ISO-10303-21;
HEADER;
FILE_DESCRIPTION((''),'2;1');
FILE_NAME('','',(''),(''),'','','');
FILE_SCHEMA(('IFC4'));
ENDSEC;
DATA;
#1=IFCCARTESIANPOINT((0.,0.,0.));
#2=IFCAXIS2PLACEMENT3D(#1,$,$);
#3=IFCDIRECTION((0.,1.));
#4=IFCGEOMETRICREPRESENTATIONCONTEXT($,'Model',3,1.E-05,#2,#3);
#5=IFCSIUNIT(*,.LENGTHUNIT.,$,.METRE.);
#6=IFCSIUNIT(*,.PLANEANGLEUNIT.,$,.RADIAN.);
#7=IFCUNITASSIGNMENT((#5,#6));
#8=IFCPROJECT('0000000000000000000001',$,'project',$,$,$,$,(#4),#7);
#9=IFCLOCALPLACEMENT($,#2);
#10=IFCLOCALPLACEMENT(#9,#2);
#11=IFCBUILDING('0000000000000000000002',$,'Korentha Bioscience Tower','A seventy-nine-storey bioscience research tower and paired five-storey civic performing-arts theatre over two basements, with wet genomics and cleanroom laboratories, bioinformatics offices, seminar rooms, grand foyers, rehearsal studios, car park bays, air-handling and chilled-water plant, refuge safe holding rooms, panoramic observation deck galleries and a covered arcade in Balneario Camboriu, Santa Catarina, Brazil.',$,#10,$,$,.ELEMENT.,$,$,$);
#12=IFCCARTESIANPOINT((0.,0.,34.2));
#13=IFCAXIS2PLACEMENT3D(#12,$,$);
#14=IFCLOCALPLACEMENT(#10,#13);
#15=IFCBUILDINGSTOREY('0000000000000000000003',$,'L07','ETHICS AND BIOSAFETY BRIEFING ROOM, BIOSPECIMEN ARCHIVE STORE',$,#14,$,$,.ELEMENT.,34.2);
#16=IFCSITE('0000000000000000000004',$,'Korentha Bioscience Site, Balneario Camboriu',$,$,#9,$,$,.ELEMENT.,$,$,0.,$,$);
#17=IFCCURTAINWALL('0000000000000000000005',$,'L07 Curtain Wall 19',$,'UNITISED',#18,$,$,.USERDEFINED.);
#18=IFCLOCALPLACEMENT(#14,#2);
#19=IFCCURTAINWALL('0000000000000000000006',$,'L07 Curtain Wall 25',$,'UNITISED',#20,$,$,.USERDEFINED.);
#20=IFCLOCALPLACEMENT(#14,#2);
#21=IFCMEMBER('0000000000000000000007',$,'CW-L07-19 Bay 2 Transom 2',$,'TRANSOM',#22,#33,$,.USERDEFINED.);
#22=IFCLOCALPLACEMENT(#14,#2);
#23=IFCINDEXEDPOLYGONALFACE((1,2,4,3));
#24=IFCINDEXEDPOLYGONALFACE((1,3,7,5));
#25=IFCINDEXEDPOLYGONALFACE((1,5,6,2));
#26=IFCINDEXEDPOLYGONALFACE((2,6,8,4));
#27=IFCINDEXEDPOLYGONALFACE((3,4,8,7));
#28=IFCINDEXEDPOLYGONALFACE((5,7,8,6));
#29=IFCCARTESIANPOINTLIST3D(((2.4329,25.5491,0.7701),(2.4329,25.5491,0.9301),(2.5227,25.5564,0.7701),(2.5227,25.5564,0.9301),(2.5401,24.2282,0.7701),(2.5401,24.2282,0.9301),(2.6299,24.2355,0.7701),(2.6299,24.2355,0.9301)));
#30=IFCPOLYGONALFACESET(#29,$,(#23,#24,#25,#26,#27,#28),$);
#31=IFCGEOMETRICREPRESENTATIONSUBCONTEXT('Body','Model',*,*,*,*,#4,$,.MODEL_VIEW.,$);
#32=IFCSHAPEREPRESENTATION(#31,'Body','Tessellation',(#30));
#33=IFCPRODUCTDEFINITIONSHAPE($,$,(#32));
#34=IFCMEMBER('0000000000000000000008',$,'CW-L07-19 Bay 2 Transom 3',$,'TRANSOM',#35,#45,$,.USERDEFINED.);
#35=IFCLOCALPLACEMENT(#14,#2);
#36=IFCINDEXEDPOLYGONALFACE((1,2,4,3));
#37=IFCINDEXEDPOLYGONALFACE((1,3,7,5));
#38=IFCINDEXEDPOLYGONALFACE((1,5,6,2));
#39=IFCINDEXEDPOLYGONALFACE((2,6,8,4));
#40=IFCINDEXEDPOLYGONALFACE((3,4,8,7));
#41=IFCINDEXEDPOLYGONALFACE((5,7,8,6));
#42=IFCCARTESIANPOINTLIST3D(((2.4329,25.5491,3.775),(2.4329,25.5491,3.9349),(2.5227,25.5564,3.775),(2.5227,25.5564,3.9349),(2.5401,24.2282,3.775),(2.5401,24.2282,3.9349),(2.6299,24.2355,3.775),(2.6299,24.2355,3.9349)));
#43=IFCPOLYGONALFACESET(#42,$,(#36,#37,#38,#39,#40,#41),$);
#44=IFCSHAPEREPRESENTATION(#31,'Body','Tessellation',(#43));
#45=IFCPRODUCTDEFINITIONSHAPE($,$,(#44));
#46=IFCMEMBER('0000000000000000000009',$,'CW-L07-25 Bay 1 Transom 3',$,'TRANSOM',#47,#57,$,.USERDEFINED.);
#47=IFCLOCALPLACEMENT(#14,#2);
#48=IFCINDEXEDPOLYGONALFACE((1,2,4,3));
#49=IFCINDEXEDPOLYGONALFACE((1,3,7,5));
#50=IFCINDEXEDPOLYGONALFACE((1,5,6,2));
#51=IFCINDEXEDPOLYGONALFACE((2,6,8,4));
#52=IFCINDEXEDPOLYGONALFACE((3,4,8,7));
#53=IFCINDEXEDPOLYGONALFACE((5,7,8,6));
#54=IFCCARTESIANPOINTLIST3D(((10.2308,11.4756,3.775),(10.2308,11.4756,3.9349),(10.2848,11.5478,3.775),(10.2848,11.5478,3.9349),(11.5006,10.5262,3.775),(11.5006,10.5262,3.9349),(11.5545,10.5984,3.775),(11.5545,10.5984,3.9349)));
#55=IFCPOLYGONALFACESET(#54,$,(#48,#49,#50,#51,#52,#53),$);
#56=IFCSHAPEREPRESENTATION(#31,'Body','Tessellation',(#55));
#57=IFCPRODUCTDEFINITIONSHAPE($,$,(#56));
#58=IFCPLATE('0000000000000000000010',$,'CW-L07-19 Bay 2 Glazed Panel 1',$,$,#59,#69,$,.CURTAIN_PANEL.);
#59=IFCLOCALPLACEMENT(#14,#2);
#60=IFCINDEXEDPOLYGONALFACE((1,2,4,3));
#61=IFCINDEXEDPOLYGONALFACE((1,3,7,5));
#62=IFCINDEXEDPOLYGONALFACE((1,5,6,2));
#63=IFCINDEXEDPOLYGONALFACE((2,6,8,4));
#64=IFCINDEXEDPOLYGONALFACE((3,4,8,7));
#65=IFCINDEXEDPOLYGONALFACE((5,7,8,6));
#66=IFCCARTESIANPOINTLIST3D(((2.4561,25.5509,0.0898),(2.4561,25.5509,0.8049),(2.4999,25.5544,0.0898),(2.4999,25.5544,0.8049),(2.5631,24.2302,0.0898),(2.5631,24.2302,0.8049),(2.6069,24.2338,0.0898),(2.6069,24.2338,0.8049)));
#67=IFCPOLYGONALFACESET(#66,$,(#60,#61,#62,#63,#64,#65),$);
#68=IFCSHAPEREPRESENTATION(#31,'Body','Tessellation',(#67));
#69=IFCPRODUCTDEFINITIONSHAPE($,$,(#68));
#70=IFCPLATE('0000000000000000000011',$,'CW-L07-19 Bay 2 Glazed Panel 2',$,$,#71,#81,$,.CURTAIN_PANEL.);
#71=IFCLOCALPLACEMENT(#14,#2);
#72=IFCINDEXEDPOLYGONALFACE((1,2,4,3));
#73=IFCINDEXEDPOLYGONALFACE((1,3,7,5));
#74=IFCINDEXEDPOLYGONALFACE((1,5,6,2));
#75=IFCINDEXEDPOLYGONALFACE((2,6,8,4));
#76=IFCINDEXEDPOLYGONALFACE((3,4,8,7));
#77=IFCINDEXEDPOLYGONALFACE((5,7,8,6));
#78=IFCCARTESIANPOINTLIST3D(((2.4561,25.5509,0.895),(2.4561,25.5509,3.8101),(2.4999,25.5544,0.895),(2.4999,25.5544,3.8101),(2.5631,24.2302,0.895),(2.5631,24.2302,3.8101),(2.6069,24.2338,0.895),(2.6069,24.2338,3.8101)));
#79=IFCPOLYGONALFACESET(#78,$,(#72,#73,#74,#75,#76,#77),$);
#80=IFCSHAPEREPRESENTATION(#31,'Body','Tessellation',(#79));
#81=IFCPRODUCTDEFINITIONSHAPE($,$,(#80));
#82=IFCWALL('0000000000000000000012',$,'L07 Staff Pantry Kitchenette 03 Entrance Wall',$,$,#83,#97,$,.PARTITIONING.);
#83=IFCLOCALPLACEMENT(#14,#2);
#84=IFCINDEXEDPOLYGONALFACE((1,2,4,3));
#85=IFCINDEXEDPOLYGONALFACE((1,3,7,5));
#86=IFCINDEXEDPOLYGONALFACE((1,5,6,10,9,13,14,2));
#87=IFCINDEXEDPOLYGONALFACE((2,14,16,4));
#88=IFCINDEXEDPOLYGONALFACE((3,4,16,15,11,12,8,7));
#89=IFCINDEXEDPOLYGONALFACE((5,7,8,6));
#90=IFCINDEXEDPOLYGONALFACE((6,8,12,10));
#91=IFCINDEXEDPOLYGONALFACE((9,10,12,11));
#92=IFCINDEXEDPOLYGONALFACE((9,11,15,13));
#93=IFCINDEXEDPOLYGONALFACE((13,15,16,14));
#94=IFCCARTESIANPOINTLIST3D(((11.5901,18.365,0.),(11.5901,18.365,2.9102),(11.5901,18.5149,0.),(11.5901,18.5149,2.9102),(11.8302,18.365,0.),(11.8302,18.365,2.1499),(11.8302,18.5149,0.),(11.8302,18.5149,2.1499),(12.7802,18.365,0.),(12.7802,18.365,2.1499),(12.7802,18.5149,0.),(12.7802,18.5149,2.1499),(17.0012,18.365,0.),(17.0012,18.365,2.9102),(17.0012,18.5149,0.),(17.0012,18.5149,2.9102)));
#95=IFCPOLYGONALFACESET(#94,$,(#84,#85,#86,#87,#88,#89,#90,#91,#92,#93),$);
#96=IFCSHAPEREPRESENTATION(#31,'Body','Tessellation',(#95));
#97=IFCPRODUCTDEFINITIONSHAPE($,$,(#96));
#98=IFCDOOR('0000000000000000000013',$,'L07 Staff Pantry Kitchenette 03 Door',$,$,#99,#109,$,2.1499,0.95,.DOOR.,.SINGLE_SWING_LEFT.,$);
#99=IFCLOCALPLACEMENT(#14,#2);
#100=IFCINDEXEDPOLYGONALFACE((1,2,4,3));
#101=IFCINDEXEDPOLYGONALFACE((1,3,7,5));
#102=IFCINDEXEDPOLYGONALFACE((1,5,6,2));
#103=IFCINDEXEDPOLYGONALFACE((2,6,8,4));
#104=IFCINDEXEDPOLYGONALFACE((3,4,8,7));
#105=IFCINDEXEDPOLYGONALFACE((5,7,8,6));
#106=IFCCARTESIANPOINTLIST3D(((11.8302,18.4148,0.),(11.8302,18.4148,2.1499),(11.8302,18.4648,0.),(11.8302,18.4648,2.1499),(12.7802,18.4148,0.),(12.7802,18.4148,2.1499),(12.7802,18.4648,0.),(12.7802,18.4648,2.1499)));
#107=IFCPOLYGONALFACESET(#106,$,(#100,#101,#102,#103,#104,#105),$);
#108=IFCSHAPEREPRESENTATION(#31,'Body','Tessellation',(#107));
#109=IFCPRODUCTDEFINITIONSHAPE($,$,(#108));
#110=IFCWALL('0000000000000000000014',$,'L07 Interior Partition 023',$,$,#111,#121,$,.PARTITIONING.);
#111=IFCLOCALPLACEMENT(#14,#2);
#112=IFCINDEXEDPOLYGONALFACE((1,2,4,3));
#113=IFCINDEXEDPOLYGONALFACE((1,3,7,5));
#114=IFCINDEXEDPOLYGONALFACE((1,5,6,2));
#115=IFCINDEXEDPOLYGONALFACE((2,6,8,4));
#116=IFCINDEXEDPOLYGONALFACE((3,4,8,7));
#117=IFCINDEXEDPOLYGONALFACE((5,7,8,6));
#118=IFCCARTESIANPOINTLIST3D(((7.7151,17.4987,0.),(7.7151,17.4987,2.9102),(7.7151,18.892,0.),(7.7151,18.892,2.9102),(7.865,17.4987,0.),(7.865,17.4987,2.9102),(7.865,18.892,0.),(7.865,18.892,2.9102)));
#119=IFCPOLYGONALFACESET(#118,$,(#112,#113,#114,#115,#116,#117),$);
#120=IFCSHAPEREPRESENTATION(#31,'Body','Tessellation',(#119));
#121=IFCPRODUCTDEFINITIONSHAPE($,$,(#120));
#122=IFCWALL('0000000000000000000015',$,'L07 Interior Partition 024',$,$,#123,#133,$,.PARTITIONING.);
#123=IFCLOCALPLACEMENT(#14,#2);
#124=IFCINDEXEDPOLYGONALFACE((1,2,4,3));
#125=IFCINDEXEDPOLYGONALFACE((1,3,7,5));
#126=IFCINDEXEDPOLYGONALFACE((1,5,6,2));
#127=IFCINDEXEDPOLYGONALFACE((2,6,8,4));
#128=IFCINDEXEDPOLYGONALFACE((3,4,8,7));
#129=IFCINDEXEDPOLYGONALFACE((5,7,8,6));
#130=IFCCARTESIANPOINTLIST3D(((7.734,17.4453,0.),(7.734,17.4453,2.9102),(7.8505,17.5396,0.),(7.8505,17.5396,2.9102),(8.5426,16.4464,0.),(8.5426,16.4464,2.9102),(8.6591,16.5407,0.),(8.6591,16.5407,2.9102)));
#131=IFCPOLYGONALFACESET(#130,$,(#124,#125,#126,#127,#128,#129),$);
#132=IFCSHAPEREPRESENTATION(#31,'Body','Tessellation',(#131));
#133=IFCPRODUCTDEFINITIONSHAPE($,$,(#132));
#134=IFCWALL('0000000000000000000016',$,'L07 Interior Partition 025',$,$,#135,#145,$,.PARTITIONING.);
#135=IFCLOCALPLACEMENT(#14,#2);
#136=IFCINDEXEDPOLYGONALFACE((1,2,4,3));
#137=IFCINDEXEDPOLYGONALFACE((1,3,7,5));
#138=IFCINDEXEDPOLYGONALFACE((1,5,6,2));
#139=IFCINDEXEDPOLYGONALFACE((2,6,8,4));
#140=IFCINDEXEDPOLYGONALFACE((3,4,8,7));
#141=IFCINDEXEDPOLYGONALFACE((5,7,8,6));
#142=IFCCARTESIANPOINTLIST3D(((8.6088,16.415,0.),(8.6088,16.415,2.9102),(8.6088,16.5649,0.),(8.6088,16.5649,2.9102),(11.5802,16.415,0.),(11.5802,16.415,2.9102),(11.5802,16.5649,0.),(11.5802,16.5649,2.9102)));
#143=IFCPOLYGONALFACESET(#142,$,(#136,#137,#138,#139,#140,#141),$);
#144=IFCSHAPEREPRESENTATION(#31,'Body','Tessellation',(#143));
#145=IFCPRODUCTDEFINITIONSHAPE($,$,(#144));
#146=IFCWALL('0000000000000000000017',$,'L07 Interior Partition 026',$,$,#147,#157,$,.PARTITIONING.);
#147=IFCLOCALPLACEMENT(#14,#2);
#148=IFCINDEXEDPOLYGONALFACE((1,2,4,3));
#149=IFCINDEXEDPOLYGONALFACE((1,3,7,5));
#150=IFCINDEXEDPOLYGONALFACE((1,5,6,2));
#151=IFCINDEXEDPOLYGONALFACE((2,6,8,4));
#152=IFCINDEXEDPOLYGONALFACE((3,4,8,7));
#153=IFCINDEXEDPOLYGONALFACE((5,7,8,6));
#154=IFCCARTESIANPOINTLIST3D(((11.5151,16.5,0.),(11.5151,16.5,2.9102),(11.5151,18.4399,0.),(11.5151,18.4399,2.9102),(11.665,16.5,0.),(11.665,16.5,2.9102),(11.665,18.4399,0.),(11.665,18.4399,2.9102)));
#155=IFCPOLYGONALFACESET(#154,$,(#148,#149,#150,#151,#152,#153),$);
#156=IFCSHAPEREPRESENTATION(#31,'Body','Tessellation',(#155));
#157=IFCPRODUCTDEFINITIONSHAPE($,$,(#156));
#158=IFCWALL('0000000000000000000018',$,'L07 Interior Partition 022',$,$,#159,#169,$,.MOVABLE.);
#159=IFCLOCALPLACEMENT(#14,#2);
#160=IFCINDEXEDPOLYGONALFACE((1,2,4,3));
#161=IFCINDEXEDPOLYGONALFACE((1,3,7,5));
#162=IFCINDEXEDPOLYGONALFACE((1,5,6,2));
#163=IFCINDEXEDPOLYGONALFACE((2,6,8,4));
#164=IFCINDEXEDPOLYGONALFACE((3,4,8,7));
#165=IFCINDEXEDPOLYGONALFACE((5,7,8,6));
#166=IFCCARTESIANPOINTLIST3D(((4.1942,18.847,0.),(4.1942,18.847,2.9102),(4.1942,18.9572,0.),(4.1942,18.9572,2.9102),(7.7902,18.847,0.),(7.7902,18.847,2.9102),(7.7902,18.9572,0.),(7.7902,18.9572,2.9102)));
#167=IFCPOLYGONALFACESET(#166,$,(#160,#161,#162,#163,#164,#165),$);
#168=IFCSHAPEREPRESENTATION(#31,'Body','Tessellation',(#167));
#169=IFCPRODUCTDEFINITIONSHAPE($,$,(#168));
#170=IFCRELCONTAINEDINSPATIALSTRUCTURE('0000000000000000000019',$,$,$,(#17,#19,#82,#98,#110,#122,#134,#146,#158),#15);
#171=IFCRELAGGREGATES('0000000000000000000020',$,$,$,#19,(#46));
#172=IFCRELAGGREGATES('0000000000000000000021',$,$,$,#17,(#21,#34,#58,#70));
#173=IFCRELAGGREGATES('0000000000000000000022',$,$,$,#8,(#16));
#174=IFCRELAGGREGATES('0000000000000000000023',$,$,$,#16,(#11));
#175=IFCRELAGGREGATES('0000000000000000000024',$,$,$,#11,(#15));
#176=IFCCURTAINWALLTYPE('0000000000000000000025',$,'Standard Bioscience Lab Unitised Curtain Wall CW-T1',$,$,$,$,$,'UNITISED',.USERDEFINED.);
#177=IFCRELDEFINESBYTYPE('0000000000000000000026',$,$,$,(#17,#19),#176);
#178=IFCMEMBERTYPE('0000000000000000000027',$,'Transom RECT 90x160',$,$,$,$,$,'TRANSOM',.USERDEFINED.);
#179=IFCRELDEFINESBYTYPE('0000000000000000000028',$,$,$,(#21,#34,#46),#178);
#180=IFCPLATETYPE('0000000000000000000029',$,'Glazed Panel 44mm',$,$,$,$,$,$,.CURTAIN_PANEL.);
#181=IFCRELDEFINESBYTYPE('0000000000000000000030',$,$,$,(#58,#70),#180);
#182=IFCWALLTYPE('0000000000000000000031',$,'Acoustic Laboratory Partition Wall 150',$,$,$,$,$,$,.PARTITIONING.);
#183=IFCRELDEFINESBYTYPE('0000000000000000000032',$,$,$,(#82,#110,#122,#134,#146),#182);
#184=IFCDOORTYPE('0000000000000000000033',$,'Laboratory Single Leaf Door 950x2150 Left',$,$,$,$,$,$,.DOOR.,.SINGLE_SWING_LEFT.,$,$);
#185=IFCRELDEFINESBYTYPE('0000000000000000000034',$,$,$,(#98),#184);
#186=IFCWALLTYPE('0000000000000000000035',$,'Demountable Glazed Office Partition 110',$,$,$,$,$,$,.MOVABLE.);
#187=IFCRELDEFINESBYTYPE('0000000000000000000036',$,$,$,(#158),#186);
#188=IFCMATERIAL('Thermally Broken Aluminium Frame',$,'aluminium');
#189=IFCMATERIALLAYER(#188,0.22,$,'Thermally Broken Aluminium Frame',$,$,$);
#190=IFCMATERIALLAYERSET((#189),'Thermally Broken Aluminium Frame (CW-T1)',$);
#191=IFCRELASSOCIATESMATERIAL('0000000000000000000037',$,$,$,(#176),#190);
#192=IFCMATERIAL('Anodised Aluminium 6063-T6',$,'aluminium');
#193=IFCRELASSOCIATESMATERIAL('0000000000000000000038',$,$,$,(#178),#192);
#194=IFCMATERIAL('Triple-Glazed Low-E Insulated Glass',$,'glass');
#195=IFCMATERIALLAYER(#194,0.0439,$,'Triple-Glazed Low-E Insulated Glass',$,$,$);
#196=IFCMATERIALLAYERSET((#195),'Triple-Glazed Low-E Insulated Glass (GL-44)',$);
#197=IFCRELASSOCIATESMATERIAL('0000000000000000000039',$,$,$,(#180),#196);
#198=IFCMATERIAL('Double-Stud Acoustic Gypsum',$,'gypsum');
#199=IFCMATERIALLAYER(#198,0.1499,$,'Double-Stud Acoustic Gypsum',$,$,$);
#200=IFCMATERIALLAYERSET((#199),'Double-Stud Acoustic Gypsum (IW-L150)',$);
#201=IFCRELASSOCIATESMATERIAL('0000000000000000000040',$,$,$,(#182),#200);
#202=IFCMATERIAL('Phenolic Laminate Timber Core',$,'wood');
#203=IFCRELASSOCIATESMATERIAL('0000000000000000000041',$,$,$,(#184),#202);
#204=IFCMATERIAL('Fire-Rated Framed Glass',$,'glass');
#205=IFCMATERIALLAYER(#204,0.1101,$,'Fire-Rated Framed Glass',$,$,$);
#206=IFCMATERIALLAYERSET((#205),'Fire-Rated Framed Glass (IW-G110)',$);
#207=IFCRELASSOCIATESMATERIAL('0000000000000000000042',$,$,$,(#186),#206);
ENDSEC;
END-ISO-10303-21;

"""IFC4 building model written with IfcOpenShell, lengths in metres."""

from ifc_helpers import new_model, si_unit, direction, frame, frame_2d, origin, origin_2d, place, context, subcontext, project, spatial, rectangle, extrude, material, layer, layer_set, material_profile, profile_set, type_object, element, fill, aggregate, save


model = new_model("IFC4")

# Units and contexts
model_context = context("Model", 3, precision=1e-05, world=origin(), true_north=direction((0.0, 1.0)))
body_context = subcontext(model_context, "Body", "Model", "MODEL_VIEW")
ifc_project = project(units=[si_unit("LENGTHUNIT", "METRE"), si_unit("PLANEANGLEUNIT", "RADIAN")], contexts=[model_context])

# Site, building, storey
site_placement = place(None, origin())
site = spatial("IfcSite", under=ifc_project, at=site_placement, Name="Korentha Bioscience Site, Balneario Camboriu", CompositionType="ELEMENT", RefElevation=0.0)
building_placement = place(site_placement, origin())
building = spatial("IfcBuilding", under=site, at=building_placement, Name="Korentha Bioscience Tower", Description="A seventy-nine-storey bioscience research tower and paired five-storey civic performing-arts theatre over two basements, with wet genomics and cleanroom laboratories, bioinformatics offices, seminar rooms, grand foyers, rehearsal studios, car park bays, air-handling and chilled-water plant, refuge safe holding rooms, panoramic observation deck galleries and a covered arcade in Balneario Camboriu, Santa Catarina, Brazil.", CompositionType="ELEMENT")
storey_placement = place(building_placement, frame((0.0, 0.0, 34.2)))
storey = spatial("IfcBuildingStorey", under=building, at=storey_placement, Name="L07", Description="ETHICS AND BIOSAFETY BRIEFING ROOM, BIOSPECIMEN ARCHIVE STORE", CompositionType="ELEMENT", Elevation=34.2)

# Curtain walls
ifc_material_1 = material(Name="Thermally Broken Aluminium Frame", Category="aluminium")
ifc_layer_1 = layer(ifc_material_1, 0.22, Name="Thermally Broken Aluminium Frame")
ifc_layer_set_1 = layer_set([ifc_layer_1], Name="Thermally Broken Aluminium Frame (CW-T1)")
curtain_wall_type = type_object("IfcCurtainWallType", Name="Standard Bioscience Lab Unitised Curtain Wall CW-T1", ElementType="UNITISED", PredefinedType="USERDEFINED", material=ifc_layer_set_1)
curtain_wall_1_placement = place(storey_placement, origin())
curtain_wall_1 = element("IfcCurtainWall", 1, at=curtain_wall_1_placement, inside=storey, type_object=curtain_wall_type, Name="L07 Curtain Wall 19", ObjectType="UNITISED", PredefinedType="USERDEFINED")
ifc_material_2 = material(Name="Anodised Aluminium 6063-T6", Category="aluminium")
curtain_wall_2_placement = place(storey_placement, origin())
curtain_wall_2 = element("IfcCurtainWall", 2, at=curtain_wall_2_placement, inside=storey, type_object=curtain_wall_type, Name="L07 Curtain Wall 25", ObjectType="UNITISED", PredefinedType="USERDEFINED")

# Members
ifc_material_profile_1 = material_profile(ifc_material_2, rectangle(XDim=0.0901, YDim=0.1599, at=origin_2d()), Name="Anodised Aluminium 6063-T6")
ifc_profile_set_1 = profile_set([ifc_material_profile_1], Name="Anodised Aluminium 6063-T6 (CW-TRN)")
member_type_1 = type_object("IfcMemberType", Name="Transom RECT 90x160", ElementType="TRANSOM", PredefinedType="USERDEFINED", material=ifc_profile_set_1)
member_1_placement = place(storey_placement, frame((2.4778, 25.5527, 0.8501), z_axis=(0.08088, -0.996724, 0.0), x_axis=(0.996724, 0.08088, 0.0)))
member_1 = element("IfcMember", 3, at=member_1_placement, type_object=member_type_1, Name="CW-L07-19 Bay 2 Transom 2", ObjectType="TRANSOM", PredefinedType="USERDEFINED", context=body_context, shape_type="SweptSolid", body=[
    extrude(rectangle(XDim=0.0901, YDim=0.1599, at=origin_2d()), origin(), (0.0, 0.0, 1.0), 1.3252),
])
member_2_placement = place(storey_placement, frame((2.4778, 25.5527, 3.855), z_axis=(0.08088, -0.996724, 0.0), x_axis=(0.996724, 0.08088, 0.0)))
member_2 = element("IfcMember", 4, at=member_2_placement, type_object=member_type_1, Name="CW-L07-19 Bay 2 Transom 3", ObjectType="TRANSOM", PredefinedType="USERDEFINED", context=body_context, shape_type="SweptSolid", body=[
    extrude(rectangle(XDim=0.0901, YDim=0.1599, at=origin_2d()), origin(), (0.0, 0.0, 1.0), 1.3252),
])
member_3_placement = place(storey_placement, frame((10.2578, 11.5117, 3.855), z_axis=(0.800868, -0.598841, 0.0), x_axis=(0.598841, 0.800868, 0.0)))
member_3 = element("IfcMember", 5, at=member_3_placement, type_object=member_type_1, Name="CW-L07-25 Bay 1 Transom 3", ObjectType="TRANSOM", PredefinedType="USERDEFINED", context=body_context, shape_type="SweptSolid", body=[
    extrude(rectangle(XDim=0.0901, YDim=0.1599, at=origin_2d()), origin(), (0.0, 0.0, 1.0), 1.5854),
])
aggregate(curtain_wall_2, [member_3])

# Plates
ifc_material_3 = material(Name="Triple-Glazed Low-E Insulated Glass", Category="glass")
ifc_layer_2 = layer(ifc_material_3, 0.0439, Name="Triple-Glazed Low-E Insulated Glass")
ifc_layer_set_2 = layer_set([ifc_layer_2], Name="Triple-Glazed Low-E Insulated Glass (GL-44)")
plate_type = type_object("IfcPlateType", Name="Glazed Panel 44mm", PredefinedType="CURTAIN_PANEL", material=ifc_layer_set_2)
plate_1_placement = place(storey_placement, frame((2.5315, 24.8923, 0.0898), z_axis=(0.0, 0.0, 1.0), x_axis=(0.08082, -0.996729, 0.0)))
plate_1 = element("IfcPlate", 6, at=plate_1_placement, type_object=plate_type, Name="CW-L07-19 Bay 2 Glazed Panel 1", PredefinedType="CURTAIN_PANEL", context=body_context, shape_type="SweptSolid", body=[
    extrude(rectangle(XDim=1.325, YDim=0.0439, at=origin_2d()), origin(), (0.0, 0.0, 1.0), 0.7151),
])
plate_2_placement = place(storey_placement, frame((2.5315, 24.8923, 0.895), z_axis=(0.0, 0.0, 1.0), x_axis=(0.08082, -0.996729, 0.0)))
plate_2 = element("IfcPlate", 7, at=plate_2_placement, type_object=plate_type, Name="CW-L07-19 Bay 2 Glazed Panel 2", PredefinedType="CURTAIN_PANEL", context=body_context, shape_type="SweptSolid", body=[
    extrude(rectangle(XDim=1.325, YDim=0.0439, at=origin_2d()), origin(), (0.0, 0.0, 1.0), 2.915),
])
aggregate(curtain_wall_1, [member_1, member_2, plate_1, plate_2])

# Wall, opening, door
ifc_material_4 = material(Name="Double-Stud Acoustic Gypsum", Category="gypsum")
ifc_layer_3 = layer(ifc_material_4, 0.1499, Name="Double-Stud Acoustic Gypsum")
ifc_layer_set_3 = layer_set([ifc_layer_3], Name="Double-Stud Acoustic Gypsum (IW-L150)")
wall_type_1 = type_object("IfcWallType", Name="Acoustic Laboratory Partition Wall 150", PredefinedType="PARTITIONING", material=ifc_layer_set_3)
wall_1_placement = place(storey_placement, frame((11.5901, 18.4399, 0.0), z_axis=(0.0, 0.0, 1.0), x_axis=(1.0, 0.0, 0.0)))
wall_1 = element("IfcWall", 8, at=wall_1_placement, inside=storey, type_object=wall_type_1, Name="L07 Staff Pantry Kitchenette 03 Entrance Wall", PredefinedType="PARTITIONING", context=body_context, shape_type="SweptSolid", body=[
    extrude(rectangle(XDim=5.4111, YDim=0.1499, at=frame_2d((2.7056, 0.0))), origin(), (0.0, 0.0, 1.0), 2.9102),
])
opening_1_placement = place(wall_1_placement, frame((0.24, 0.0, 0.0)))
opening_1 = element("IfcOpeningElement", 9, at=opening_1_placement, cuts=wall_1, PredefinedType="OPENING", context=body_context, shape_type="SweptSolid", body=[
    extrude(rectangle(XDim=0.95, YDim=2.1499, at=frame_2d((0.4751, 1.075))), frame((0.0, 0.0898, 0.0), z_axis=(0.0, -1.0, 0.0), x_axis=(1.0, 0.0, 0.0)), (0.0, 0.0, 1.0), 0.1797),
])
ifc_material_5 = material(Name="Phenolic Laminate Timber Core", Category="wood")
door_type_1 = type_object("IfcDoorType", Name="Laboratory Single Leaf Door 950x2150 Left", OperationType="SINGLE_SWING_LEFT", PredefinedType="DOOR", material=ifc_material_5)
door_1_placement = place(opening_1_placement, origin())
door_1 = element("IfcDoor", 10, at=door_1_placement, inside=storey, type_object=door_type_1, Name="L07 Staff Pantry Kitchenette 03 Door", OperationType="SINGLE_SWING_LEFT", OverallHeight=2.1499, OverallWidth=0.95, PredefinedType="DOOR", context=body_context, shape_type="SweptSolid", body=[
    extrude(rectangle(XDim=0.95, YDim=2.1499, at=frame_2d((0.4751, 1.075))), frame((0.0, 0.0249, 0.0), z_axis=(0.0, -1.0, 0.0), x_axis=(1.0, 0.0, 0.0)), (0.0, 0.0, 1.0), 0.05),
])
fill(opening_1, door_1)

# Walls
wall_2_placement = place(storey_placement, frame((7.79, 18.8921, 0.0), z_axis=(0.0, 0.0, 1.0), x_axis=(0.0, -1.0, 0.0)))
element("IfcWall", 11, at=wall_2_placement, inside=storey, type_object=wall_type_1, Name="L07 Interior Partition 023", PredefinedType="PARTITIONING", context=body_context, shape_type="SweptSolid", body=[
    extrude(rectangle(XDim=1.3933, YDim=0.1499, at=frame_2d((0.6968, 0.0))), origin(), (0.0, 0.0, 1.0), 2.9102),
])
wall_3_placement = place(storey_placement, frame((7.7922, 17.4924, 0.0), z_axis=(0.0, 0.0, 1.0), x_axis=(0.629226, -0.777223, 0.0)))
element("IfcWall", 12, at=wall_3_placement, inside=storey, type_object=wall_type_1, Name="L07 Interior Partition 024", PredefinedType="PARTITIONING", context=body_context, shape_type="SweptSolid", body=[
    extrude(rectangle(XDim=1.2852, YDim=0.1499, at=frame_2d((0.6426, 0.0))), origin(), (0.0, 0.0, 1.0), 2.9102),
])
wall_4_placement = place(storey_placement, frame((8.6086, 16.49, 0.0), z_axis=(0.0, 0.0, 1.0), x_axis=(1.0, 0.0, 0.0)))
element("IfcWall", 13, at=wall_4_placement, inside=storey, type_object=wall_type_1, Name="L07 Interior Partition 025", PredefinedType="PARTITIONING", context=body_context, shape_type="SweptSolid", body=[
    extrude(rectangle(XDim=2.9714, YDim=0.1499, at=frame_2d((1.4858, 0.0))), origin(), (0.0, 0.0, 1.0), 2.9102),
])
wall_5_placement = place(storey_placement, frame((11.5901, 16.5, 0.0), z_axis=(0.0, 0.0, 1.0), x_axis=(0.0, 1.0, 0.0)))
element("IfcWall", 14, at=wall_5_placement, inside=storey, type_object=wall_type_1, Name="L07 Interior Partition 026", PredefinedType="PARTITIONING", context=body_context, shape_type="SweptSolid", body=[
    extrude(rectangle(XDim=1.9399, YDim=0.1499, at=frame_2d((0.97, 0.0))), origin(), (0.0, 0.0, 1.0), 2.9102),
])
ifc_material_6 = material(Name="Fire-Rated Framed Glass", Category="glass")
ifc_layer_4 = layer(ifc_material_6, 0.1101, Name="Fire-Rated Framed Glass")
ifc_layer_set_4 = layer_set([ifc_layer_4], Name="Fire-Rated Framed Glass (IW-G110)")
wall_type_2 = type_object("IfcWallType", Name="Demountable Glazed Office Partition 110", PredefinedType="MOVABLE", material=ifc_layer_set_4)
wall_6_placement = place(storey_placement, frame((7.79, 18.9021, 0.0), z_axis=(0.0, 0.0, 1.0), x_axis=(-1.0, 0.0, 0.0)))
element("IfcWall", 15, at=wall_6_placement, inside=storey, type_object=wall_type_2, Name="L07 Interior Partition 022", PredefinedType="MOVABLE", context=body_context, shape_type="SweptSolid", body=[
    extrude(rectangle(XDim=3.5959, YDim=0.1101, at=frame_2d((1.7979, 0.0))), origin(), (0.0, 0.0, 1.0), 2.9102),
])

save(model, "model.ifc")
